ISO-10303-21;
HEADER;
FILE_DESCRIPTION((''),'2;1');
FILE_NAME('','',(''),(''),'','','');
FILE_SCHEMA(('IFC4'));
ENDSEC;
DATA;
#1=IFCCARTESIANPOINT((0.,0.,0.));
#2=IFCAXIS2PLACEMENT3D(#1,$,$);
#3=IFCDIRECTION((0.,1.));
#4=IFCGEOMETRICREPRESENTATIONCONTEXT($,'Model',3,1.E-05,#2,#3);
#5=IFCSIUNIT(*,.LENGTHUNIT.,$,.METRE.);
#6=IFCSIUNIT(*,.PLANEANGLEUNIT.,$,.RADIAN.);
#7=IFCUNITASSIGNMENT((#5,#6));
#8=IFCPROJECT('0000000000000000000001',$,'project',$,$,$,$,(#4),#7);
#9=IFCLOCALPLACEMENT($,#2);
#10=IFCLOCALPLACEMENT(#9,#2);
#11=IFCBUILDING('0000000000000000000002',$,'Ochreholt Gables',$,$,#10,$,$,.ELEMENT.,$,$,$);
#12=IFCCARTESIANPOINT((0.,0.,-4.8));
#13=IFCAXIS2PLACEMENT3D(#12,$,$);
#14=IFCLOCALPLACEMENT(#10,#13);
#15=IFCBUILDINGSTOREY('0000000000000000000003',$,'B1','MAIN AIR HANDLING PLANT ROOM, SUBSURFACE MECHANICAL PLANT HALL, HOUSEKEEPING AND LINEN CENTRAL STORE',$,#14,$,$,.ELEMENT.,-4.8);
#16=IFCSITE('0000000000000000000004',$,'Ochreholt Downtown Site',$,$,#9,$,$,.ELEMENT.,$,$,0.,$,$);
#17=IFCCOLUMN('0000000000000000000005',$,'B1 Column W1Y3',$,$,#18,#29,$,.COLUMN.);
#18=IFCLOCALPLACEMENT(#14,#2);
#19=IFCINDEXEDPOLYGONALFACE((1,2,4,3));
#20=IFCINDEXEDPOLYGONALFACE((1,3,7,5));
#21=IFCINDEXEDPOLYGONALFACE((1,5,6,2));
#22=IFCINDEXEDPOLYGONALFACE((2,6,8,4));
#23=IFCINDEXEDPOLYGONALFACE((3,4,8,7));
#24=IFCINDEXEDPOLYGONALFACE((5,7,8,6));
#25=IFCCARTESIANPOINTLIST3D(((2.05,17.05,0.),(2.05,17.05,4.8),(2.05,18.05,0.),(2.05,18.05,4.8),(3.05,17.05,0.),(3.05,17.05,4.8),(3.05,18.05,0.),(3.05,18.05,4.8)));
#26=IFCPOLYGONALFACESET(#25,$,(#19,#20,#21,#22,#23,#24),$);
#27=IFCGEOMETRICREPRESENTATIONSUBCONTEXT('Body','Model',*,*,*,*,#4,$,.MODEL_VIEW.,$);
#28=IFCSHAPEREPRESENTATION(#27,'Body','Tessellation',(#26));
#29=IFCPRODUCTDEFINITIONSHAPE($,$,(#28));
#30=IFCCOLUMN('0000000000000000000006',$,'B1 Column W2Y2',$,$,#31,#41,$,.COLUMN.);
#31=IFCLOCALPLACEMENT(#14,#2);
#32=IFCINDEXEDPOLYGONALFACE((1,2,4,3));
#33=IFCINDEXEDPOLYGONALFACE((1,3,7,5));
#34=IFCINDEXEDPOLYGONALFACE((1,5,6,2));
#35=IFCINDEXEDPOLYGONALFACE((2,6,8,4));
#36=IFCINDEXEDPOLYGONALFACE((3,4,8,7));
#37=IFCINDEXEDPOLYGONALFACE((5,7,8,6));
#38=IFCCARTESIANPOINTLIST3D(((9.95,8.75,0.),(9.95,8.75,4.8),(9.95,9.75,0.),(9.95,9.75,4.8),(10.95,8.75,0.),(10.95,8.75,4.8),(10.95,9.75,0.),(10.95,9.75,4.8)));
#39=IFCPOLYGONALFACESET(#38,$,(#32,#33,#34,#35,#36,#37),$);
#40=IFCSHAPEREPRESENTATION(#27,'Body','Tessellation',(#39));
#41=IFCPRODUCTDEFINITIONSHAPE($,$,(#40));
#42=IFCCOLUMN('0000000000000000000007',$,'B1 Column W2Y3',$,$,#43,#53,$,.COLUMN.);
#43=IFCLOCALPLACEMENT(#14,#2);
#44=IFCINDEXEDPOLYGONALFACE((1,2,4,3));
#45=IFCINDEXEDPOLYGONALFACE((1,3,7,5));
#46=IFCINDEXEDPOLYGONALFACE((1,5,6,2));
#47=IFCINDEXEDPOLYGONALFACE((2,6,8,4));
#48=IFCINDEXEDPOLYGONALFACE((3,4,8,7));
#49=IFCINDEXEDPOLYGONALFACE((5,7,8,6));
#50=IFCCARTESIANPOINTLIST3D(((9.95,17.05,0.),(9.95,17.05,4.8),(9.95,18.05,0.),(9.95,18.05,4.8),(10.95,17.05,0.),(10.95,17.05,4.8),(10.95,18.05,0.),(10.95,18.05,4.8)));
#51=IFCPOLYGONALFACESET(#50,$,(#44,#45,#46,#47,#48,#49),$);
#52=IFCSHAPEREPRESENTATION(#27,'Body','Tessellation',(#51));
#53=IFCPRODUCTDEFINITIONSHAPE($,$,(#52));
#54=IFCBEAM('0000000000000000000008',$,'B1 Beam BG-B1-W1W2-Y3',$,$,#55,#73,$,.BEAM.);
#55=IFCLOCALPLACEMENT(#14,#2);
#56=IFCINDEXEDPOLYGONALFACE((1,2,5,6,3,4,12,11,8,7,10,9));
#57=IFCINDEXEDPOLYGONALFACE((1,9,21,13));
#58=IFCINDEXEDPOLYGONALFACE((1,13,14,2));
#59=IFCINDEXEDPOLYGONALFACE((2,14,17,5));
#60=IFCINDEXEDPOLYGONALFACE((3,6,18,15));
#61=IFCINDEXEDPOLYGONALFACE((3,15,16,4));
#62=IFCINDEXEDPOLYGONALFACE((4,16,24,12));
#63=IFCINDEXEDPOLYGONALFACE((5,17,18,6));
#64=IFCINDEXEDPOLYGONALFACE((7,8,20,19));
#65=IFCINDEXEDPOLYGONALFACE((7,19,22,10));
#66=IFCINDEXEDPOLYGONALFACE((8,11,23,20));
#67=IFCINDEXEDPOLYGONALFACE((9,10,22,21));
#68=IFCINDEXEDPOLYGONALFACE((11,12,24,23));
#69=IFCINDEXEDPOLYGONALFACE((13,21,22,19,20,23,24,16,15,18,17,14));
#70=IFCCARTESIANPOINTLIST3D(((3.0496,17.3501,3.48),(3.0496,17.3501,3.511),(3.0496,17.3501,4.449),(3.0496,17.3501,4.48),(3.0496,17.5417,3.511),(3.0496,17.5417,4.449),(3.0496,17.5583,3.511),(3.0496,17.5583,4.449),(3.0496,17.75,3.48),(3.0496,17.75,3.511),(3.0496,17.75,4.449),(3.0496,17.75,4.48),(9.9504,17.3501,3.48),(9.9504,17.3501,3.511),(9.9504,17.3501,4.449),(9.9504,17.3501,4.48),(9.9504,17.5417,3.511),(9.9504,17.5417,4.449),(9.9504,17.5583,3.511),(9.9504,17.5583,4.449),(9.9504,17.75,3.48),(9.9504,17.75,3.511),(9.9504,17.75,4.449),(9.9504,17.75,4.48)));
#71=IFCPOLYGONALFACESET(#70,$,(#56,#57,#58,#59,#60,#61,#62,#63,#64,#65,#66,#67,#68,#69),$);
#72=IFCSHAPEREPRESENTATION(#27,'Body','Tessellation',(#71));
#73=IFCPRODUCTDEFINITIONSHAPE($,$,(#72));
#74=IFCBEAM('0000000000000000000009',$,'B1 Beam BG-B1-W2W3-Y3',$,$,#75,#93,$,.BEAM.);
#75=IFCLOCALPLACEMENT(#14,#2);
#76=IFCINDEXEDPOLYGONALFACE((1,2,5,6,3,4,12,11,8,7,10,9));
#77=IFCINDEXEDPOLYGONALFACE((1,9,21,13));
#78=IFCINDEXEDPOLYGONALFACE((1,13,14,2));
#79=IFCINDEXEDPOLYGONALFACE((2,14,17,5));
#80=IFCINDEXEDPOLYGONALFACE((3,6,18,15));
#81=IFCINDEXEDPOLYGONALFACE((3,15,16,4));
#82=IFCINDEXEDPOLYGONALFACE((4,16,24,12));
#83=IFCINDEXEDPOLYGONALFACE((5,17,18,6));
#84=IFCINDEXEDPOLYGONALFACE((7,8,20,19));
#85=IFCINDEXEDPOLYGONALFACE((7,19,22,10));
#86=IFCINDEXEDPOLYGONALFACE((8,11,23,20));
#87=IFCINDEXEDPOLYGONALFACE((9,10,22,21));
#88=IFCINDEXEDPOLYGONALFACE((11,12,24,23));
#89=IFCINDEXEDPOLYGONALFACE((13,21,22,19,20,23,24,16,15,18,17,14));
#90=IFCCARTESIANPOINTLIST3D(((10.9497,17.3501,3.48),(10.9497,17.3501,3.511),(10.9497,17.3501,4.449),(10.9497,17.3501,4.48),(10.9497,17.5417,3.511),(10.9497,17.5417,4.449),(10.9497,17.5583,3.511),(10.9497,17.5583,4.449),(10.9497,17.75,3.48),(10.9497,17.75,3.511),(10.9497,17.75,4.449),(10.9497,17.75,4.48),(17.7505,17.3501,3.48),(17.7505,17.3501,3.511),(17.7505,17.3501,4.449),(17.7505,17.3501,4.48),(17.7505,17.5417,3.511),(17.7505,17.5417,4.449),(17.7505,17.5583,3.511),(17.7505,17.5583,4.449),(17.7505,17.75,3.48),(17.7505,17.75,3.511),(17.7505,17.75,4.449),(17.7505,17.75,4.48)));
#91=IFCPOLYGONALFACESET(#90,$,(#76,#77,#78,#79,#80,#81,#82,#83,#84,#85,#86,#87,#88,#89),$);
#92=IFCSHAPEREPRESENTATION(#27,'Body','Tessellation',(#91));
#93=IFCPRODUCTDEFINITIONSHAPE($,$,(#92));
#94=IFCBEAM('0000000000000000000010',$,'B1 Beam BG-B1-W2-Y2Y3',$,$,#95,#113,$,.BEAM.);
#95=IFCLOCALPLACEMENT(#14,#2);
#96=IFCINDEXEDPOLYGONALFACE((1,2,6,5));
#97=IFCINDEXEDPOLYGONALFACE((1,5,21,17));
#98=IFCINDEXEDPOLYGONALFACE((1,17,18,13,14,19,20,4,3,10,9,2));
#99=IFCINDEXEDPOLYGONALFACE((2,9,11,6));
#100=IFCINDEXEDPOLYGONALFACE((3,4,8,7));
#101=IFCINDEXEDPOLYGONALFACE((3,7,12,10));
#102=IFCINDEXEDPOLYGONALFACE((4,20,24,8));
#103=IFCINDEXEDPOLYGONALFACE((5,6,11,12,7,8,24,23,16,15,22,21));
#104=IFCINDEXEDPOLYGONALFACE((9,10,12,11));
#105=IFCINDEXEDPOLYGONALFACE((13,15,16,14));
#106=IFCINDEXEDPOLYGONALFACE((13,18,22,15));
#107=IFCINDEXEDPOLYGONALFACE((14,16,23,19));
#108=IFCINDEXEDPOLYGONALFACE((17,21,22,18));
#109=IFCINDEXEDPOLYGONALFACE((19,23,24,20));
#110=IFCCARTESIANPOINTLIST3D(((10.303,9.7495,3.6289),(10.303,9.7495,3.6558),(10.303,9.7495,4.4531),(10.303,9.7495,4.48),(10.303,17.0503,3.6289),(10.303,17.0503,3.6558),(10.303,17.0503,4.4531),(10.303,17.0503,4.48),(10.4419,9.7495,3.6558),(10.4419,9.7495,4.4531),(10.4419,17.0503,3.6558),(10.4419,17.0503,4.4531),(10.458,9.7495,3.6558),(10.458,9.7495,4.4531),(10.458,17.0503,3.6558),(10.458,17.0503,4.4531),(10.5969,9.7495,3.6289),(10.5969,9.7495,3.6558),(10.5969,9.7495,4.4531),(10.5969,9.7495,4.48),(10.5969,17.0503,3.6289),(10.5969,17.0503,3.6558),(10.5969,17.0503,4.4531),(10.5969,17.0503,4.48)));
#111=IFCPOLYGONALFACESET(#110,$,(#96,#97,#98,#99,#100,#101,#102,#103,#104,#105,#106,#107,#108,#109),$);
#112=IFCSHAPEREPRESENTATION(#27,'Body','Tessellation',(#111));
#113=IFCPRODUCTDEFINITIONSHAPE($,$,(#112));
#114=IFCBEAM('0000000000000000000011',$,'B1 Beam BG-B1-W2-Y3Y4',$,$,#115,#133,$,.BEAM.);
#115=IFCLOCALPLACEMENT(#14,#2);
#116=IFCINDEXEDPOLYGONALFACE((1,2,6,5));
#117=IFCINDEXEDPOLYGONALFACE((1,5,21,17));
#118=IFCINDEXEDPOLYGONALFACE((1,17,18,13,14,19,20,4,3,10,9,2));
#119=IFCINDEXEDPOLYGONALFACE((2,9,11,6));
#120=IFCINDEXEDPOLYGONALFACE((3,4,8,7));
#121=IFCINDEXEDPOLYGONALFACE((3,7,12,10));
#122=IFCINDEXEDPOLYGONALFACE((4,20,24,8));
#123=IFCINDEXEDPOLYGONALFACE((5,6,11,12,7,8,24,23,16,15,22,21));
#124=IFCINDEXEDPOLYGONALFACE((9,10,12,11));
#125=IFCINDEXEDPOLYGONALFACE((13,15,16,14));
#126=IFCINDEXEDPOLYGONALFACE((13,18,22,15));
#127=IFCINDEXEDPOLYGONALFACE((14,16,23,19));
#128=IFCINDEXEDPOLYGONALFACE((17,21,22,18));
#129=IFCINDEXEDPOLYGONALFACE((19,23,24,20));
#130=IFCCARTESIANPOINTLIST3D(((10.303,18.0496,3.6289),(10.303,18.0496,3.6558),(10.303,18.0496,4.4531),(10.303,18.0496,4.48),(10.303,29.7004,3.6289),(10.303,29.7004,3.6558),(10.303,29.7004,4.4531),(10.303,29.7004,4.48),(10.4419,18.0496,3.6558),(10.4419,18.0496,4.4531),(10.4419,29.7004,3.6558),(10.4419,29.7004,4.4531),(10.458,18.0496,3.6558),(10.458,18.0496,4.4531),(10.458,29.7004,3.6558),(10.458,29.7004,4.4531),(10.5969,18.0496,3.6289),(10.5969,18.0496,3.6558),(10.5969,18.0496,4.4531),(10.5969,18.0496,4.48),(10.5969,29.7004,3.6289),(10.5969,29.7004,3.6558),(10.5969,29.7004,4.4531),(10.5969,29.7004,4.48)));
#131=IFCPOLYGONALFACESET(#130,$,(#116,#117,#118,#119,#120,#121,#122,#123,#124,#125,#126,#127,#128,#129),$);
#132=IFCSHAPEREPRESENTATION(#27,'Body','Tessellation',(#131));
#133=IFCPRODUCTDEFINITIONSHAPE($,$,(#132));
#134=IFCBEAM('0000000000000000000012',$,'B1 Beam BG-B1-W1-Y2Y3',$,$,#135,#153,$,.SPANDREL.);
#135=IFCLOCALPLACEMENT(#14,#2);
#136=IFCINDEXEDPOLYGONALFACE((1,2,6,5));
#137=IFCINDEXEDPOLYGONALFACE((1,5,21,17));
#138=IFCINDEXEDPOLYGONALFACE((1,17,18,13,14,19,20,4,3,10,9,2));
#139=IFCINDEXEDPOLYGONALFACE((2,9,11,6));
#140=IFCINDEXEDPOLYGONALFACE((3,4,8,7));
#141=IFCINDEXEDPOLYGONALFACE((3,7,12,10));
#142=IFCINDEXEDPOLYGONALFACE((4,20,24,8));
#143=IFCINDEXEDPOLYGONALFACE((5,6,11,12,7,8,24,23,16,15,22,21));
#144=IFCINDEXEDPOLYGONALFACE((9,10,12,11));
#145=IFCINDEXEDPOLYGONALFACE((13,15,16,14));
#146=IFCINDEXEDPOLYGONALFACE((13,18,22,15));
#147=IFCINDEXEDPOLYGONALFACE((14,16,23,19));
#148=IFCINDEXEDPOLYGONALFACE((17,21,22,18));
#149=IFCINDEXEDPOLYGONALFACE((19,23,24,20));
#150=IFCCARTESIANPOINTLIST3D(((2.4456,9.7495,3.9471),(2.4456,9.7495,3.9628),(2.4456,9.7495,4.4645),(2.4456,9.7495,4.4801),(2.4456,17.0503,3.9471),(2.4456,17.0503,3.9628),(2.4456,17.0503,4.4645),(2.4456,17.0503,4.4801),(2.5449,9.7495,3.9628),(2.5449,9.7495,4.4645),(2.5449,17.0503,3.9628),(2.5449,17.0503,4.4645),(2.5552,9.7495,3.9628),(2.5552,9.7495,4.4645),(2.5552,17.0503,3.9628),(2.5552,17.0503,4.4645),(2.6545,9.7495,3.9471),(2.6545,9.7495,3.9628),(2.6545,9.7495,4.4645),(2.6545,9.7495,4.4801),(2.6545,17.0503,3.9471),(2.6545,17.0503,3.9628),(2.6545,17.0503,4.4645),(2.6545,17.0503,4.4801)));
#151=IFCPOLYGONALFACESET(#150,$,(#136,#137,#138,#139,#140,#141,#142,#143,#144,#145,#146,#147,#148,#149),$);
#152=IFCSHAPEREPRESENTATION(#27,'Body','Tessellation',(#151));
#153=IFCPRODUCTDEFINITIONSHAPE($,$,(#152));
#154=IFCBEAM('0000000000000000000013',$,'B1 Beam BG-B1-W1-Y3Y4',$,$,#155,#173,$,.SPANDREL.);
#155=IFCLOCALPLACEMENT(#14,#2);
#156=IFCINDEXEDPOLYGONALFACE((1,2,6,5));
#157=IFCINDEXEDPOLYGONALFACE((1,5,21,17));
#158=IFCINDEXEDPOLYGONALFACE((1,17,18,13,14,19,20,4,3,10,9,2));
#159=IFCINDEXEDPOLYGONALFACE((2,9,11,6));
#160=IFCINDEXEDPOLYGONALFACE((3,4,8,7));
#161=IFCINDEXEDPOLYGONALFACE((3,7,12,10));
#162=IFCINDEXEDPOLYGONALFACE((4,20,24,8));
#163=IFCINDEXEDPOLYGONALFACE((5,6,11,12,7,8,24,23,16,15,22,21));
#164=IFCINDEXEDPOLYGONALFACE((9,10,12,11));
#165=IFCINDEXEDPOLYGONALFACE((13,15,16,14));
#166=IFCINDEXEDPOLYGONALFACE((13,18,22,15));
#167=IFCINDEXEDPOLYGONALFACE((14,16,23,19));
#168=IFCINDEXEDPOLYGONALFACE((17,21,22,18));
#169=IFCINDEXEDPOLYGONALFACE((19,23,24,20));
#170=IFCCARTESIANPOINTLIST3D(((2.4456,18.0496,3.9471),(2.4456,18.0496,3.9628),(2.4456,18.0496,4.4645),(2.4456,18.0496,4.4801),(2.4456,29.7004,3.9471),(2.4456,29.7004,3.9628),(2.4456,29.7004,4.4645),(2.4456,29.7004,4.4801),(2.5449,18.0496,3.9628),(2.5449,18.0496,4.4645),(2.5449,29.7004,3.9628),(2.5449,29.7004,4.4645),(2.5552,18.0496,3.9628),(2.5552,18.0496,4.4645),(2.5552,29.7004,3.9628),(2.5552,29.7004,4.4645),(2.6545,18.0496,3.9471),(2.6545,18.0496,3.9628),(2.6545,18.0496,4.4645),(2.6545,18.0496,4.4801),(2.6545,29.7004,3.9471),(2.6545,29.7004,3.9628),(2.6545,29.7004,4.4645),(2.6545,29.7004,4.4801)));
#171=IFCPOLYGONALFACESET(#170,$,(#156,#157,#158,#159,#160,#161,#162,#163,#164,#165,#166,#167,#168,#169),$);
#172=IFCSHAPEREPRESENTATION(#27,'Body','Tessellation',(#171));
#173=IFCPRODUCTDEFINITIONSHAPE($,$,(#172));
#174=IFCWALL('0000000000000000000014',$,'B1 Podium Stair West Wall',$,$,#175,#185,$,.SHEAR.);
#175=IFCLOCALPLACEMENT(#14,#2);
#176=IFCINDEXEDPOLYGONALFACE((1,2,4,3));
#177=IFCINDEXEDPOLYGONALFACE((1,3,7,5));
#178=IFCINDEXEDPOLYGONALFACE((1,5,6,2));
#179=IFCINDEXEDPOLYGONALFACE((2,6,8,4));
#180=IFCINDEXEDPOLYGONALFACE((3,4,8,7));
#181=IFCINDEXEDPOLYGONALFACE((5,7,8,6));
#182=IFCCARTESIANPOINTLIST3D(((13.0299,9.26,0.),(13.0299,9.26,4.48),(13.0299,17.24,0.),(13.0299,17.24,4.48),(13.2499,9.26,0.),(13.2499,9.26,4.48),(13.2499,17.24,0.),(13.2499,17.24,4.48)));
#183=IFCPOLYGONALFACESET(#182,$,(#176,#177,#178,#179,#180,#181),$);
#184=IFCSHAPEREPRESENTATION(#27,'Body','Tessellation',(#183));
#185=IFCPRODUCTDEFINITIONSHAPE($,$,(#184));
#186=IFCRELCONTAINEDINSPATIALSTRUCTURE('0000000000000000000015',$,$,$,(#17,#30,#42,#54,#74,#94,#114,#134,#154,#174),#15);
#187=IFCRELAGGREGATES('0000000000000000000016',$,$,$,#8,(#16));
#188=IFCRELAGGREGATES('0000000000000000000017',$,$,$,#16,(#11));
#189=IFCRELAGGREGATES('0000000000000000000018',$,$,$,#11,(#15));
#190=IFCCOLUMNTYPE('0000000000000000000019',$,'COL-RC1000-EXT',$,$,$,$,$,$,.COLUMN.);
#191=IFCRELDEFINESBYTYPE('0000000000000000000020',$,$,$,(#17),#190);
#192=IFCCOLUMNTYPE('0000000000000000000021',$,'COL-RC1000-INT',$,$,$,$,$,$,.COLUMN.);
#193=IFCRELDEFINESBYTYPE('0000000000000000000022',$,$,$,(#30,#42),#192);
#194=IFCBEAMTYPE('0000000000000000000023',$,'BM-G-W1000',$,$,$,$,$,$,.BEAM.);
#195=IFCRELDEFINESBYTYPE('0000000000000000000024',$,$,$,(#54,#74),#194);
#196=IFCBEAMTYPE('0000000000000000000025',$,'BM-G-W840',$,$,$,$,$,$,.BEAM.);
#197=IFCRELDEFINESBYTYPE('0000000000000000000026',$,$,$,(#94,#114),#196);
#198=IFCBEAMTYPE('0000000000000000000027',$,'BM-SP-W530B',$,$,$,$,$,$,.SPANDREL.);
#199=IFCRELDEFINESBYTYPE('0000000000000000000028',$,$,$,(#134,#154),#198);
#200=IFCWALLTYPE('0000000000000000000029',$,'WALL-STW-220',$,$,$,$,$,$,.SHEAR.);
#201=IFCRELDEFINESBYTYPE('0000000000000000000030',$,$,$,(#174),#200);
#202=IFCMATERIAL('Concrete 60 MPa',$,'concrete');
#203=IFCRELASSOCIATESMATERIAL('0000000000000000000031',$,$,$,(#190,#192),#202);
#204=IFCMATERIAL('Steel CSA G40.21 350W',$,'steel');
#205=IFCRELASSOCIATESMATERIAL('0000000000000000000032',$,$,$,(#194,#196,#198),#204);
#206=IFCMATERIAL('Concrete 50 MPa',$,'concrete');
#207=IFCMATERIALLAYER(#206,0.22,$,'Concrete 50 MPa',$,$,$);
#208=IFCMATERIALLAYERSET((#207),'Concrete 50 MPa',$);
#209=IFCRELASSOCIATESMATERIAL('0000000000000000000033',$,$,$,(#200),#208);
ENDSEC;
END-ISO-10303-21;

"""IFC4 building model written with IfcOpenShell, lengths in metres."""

from ifc_helpers import new_model, si_unit, direction, frame, frame_2d, origin, origin_2d, place, context, subcontext, project, spatial, rectangle, i_section, extrude, material, layer, layer_set, material_profile, profile_set, type_object, element, save


model = new_model("IFC4")

# Units and contexts
model_context = context("Model", 3, precision=1e-05, world=origin(), true_north=direction((0.0, 1.0)))
body_context = subcontext(model_context, "Body", "Model", "MODEL_VIEW")
ifc_project = project(units=[si_unit("LENGTHUNIT", "METRE"), si_unit("PLANEANGLEUNIT", "RADIAN")], contexts=[model_context])

# Site, building, storey
site_placement = place(None, origin())
site = spatial("IfcSite", under=ifc_project, at=site_placement, Name="Ochreholt Downtown Site", CompositionType="ELEMENT", RefElevation=0.0)
building_placement = place(site_placement, origin())
building = spatial("IfcBuilding", under=site, at=building_placement, Name="Ochreholt Gables", CompositionType="ELEMENT")
storey_placement = place(building_placement, frame((0.0, 0.0, -4.8)))
storey = spatial("IfcBuildingStorey", under=building, at=storey_placement, Name="B1", Description="MAIN AIR HANDLING PLANT ROOM, SUBSURFACE MECHANICAL PLANT HALL, HOUSEKEEPING AND LINEN CENTRAL STORE", CompositionType="ELEMENT", Elevation=-4.8)

# Columns
ifc_material_1 = material(Name="Concrete 60 MPa", Category="concrete")
ifc_material_profile_1 = material_profile(ifc_material_1, rectangle(XDim=1.0, YDim=1.0, at=origin_2d()), Name="RC1000X1000")
ifc_profile_set_1 = profile_set([ifc_material_profile_1], Name="Concrete 60 MPa")
column_type_1 = type_object("IfcColumnType", Name="COL-RC1000-EXT", PredefinedType="COLUMN", material=ifc_profile_set_1)
column_placement = place(storey_placement, frame((2.55, 17.55, 0.0), z_axis=(0.0, 0.0, 1.0), x_axis=(1.0, 0.0, 0.0)))
element("IfcColumn", 1, at=column_placement, inside=storey, type_object=column_type_1, Name="B1 Column W1Y3", PredefinedType="COLUMN", context=body_context, shape_type="SweptSolid", body=[
    extrude(rectangle(XDim=1.0, YDim=1.0, at=origin_2d()), origin(), (0.0, 0.0, 1.0), 4.8),
])
ifc_material_profile_2 = material_profile(ifc_material_1, rectangle(XDim=1.0, YDim=1.0, at=origin_2d()), Name="RC1000X1000")
ifc_profile_set_2 = profile_set([ifc_material_profile_2], Name="Concrete 60 MPa")
column_type_2 = type_object("IfcColumnType", Name="COL-RC1000-INT", PredefinedType="COLUMN", material=ifc_profile_set_2)
for number, where, z_axis, x_axis, name in (
    (2, (10.45, 9.25, 0.0), (0.0, 0.0, 1.0), (1.0, 0.0, 0.0), "B1 Column W2Y2"),
    (3, (10.45, 17.55, 0.0), (0.0, 0.0, 1.0), (1.0, 0.0, 0.0), "B1 Column W2Y3"),
):
    element("IfcColumn", number, at=place(storey_placement, frame(where, z_axis=z_axis, x_axis=x_axis)), inside=storey, type_object=column_type_2, Name=name, PredefinedType="COLUMN", context=body_context, shape_type="SweptSolid", body=[
        extrude(rectangle(XDim=1.0, YDim=1.0, at=origin_2d()), origin(), (0.0, 0.0, 1.0), 4.8),
    ])

# Beams
ifc_material_2 = material(Name="Steel CSA G40.21 350W", Category="steel")
ifc_material_profile_3 = material_profile(ifc_material_2, i_section(OverallWidth=0.3999, OverallDepth=1.0, WebThickness=0.0166, FlangeThickness=0.031, at=origin_2d()), Name="W1000X321")
ifc_profile_set_3 = profile_set([ifc_material_profile_3], Name="Steel CSA G40.21 350W")
beam_type_1 = type_object("IfcBeamType", Name="BM-G-W1000", PredefinedType="BEAM", material=ifc_profile_set_3)
beam_1_placement = place(storey_placement, frame((3.0496, 17.55, 3.98), z_axis=(1.0, 0.0, 0.0), x_axis=(0.0, 1.0, 0.0)))
element("IfcBeam", 4, at=beam_1_placement, inside=storey, type_object=beam_type_1, Name="B1 Beam BG-B1-W1W2-Y3", PredefinedType="BEAM", context=body_context, shape_type="SweptSolid", body=[
    extrude(i_section(OverallWidth=0.3999, OverallDepth=1.0, WebThickness=0.0166, FlangeThickness=0.031, at=origin_2d()), origin(), (0.0, 0.0, 1.0), 6.9009),
])
beam_2_placement = place(storey_placement, frame((10.9497, 17.55, 3.98), z_axis=(1.0, 0.0, 0.0), x_axis=(0.0, 1.0, 0.0)))
element("IfcBeam", 5, at=beam_2_placement, inside=storey, type_object=beam_type_1, Name="B1 Beam BG-B1-W2W3-Y3", PredefinedType="BEAM", context=body_context, shape_type="SweptSolid", body=[
    extrude(i_section(OverallWidth=0.3999, OverallDepth=1.0, WebThickness=0.0166, FlangeThickness=0.031, at=origin_2d()), origin(), (0.0, 0.0, 1.0), 6.8008),
])
ifc_material_profile_4 = material_profile(ifc_material_2, i_section(OverallWidth=0.2939, OverallDepth=0.8511, WebThickness=0.0161, FlangeThickness=0.0269, at=origin_2d()), Name="W840X226")
ifc_profile_set_4 = profile_set([ifc_material_profile_4], Name="Steel CSA G40.21 350W")
beam_type_2 = type_object("IfcBeamType", Name="BM-G-W840", PredefinedType="BEAM", material=ifc_profile_set_4)
beam_3_placement = place(storey_placement, frame((10.45, 9.7495, 4.0544), z_axis=(0.0, 1.0, 0.0), x_axis=(-1.0, 0.0, 0.0)))
element("IfcBeam", 6, at=beam_3_placement, inside=storey, type_object=beam_type_2, Name="B1 Beam BG-B1-W2-Y2Y3", PredefinedType="BEAM", context=body_context, shape_type="SweptSolid", body=[
    extrude(i_section(OverallWidth=0.2939, OverallDepth=0.8511, WebThickness=0.0161, FlangeThickness=0.0269, at=origin_2d()), origin(), (0.0, 0.0, 1.0), 7.3008),
])
beam_4_placement = place(storey_placement, frame((10.45, 18.0496, 4.0544), z_axis=(0.0, 1.0, 0.0), x_axis=(-1.0, 0.0, 0.0)))
element("IfcBeam", 7, at=beam_4_placement, inside=storey, type_object=beam_type_2, Name="B1 Beam BG-B1-W2-Y3Y4", PredefinedType="BEAM", context=body_context, shape_type="SweptSolid", body=[
    extrude(i_section(OverallWidth=0.2939, OverallDepth=0.8511, WebThickness=0.0161, FlangeThickness=0.0269, at=origin_2d()), origin(), (0.0, 0.0, 1.0), 11.6509),
])
ifc_material_profile_5 = material_profile(ifc_material_2, i_section(OverallWidth=0.209, OverallDepth=0.533, WebThickness=0.0103, FlangeThickness=0.0156, at=origin_2d()), Name="W530X92")
ifc_profile_set_5 = profile_set([ifc_material_profile_5], Name="Steel CSA G40.21 350W")
beam_type_3 = type_object("IfcBeamType", Name="BM-SP-W530B", PredefinedType="SPANDREL", material=ifc_profile_set_5)
beam_5_placement = place(storey_placement, frame((2.55, 9.7495, 4.2136), z_axis=(0.0, 1.0, 0.0), x_axis=(-1.0, 0.0, 0.0)))
element("IfcBeam", 8, at=beam_5_placement, inside=storey, type_object=beam_type_3, Name="B1 Beam BG-B1-W1-Y2Y3", PredefinedType="SPANDREL", context=body_context, shape_type="SweptSolid", body=[
    extrude(i_section(OverallWidth=0.209, OverallDepth=0.533, WebThickness=0.0103, FlangeThickness=0.0156, at=origin_2d()), origin(), (0.0, 0.0, 1.0), 7.3008),
])
beam_6_placement = place(storey_placement, frame((2.55, 18.0496, 4.2136), z_axis=(0.0, 1.0, 0.0), x_axis=(-1.0, 0.0, 0.0)))
element("IfcBeam", 9, at=beam_6_placement, inside=storey, type_object=beam_type_3, Name="B1 Beam BG-B1-W1-Y3Y4", PredefinedType="SPANDREL", context=body_context, shape_type="SweptSolid", body=[
    extrude(i_section(OverallWidth=0.209, OverallDepth=0.533, WebThickness=0.0103, FlangeThickness=0.0156, at=origin_2d()), origin(), (0.0, 0.0, 1.0), 11.6509),
])

# Wall
ifc_material_3 = material(Name="Concrete 50 MPa", Category="concrete")
ifc_layer = layer(ifc_material_3, 0.22, Name="Concrete 50 MPa")
ifc_layer_set = layer_set([ifc_layer], Name="Concrete 50 MPa")
wall_type = type_object("IfcWallType", Name="WALL-STW-220", PredefinedType="SHEAR", material=ifc_layer_set)
wall_1_placement = place(storey_placement, frame((13.1399, 9.26, 0.0), z_axis=(0.0, 0.0, 1.0), x_axis=(0.0, 1.0, 0.0)))
element("IfcWall", 10, at=wall_1_placement, inside=storey, type_object=wall_type, Name="B1 Podium Stair West Wall", PredefinedType="SHEAR", context=body_context, shape_type="SweptSolid", body=[
    extrude(rectangle(XDim=7.98, YDim=0.22, at=frame_2d((3.99, 0.0))), origin(), (0.0, 0.0, 1.0), 4.48),
])

save(model, "model.ifc")
